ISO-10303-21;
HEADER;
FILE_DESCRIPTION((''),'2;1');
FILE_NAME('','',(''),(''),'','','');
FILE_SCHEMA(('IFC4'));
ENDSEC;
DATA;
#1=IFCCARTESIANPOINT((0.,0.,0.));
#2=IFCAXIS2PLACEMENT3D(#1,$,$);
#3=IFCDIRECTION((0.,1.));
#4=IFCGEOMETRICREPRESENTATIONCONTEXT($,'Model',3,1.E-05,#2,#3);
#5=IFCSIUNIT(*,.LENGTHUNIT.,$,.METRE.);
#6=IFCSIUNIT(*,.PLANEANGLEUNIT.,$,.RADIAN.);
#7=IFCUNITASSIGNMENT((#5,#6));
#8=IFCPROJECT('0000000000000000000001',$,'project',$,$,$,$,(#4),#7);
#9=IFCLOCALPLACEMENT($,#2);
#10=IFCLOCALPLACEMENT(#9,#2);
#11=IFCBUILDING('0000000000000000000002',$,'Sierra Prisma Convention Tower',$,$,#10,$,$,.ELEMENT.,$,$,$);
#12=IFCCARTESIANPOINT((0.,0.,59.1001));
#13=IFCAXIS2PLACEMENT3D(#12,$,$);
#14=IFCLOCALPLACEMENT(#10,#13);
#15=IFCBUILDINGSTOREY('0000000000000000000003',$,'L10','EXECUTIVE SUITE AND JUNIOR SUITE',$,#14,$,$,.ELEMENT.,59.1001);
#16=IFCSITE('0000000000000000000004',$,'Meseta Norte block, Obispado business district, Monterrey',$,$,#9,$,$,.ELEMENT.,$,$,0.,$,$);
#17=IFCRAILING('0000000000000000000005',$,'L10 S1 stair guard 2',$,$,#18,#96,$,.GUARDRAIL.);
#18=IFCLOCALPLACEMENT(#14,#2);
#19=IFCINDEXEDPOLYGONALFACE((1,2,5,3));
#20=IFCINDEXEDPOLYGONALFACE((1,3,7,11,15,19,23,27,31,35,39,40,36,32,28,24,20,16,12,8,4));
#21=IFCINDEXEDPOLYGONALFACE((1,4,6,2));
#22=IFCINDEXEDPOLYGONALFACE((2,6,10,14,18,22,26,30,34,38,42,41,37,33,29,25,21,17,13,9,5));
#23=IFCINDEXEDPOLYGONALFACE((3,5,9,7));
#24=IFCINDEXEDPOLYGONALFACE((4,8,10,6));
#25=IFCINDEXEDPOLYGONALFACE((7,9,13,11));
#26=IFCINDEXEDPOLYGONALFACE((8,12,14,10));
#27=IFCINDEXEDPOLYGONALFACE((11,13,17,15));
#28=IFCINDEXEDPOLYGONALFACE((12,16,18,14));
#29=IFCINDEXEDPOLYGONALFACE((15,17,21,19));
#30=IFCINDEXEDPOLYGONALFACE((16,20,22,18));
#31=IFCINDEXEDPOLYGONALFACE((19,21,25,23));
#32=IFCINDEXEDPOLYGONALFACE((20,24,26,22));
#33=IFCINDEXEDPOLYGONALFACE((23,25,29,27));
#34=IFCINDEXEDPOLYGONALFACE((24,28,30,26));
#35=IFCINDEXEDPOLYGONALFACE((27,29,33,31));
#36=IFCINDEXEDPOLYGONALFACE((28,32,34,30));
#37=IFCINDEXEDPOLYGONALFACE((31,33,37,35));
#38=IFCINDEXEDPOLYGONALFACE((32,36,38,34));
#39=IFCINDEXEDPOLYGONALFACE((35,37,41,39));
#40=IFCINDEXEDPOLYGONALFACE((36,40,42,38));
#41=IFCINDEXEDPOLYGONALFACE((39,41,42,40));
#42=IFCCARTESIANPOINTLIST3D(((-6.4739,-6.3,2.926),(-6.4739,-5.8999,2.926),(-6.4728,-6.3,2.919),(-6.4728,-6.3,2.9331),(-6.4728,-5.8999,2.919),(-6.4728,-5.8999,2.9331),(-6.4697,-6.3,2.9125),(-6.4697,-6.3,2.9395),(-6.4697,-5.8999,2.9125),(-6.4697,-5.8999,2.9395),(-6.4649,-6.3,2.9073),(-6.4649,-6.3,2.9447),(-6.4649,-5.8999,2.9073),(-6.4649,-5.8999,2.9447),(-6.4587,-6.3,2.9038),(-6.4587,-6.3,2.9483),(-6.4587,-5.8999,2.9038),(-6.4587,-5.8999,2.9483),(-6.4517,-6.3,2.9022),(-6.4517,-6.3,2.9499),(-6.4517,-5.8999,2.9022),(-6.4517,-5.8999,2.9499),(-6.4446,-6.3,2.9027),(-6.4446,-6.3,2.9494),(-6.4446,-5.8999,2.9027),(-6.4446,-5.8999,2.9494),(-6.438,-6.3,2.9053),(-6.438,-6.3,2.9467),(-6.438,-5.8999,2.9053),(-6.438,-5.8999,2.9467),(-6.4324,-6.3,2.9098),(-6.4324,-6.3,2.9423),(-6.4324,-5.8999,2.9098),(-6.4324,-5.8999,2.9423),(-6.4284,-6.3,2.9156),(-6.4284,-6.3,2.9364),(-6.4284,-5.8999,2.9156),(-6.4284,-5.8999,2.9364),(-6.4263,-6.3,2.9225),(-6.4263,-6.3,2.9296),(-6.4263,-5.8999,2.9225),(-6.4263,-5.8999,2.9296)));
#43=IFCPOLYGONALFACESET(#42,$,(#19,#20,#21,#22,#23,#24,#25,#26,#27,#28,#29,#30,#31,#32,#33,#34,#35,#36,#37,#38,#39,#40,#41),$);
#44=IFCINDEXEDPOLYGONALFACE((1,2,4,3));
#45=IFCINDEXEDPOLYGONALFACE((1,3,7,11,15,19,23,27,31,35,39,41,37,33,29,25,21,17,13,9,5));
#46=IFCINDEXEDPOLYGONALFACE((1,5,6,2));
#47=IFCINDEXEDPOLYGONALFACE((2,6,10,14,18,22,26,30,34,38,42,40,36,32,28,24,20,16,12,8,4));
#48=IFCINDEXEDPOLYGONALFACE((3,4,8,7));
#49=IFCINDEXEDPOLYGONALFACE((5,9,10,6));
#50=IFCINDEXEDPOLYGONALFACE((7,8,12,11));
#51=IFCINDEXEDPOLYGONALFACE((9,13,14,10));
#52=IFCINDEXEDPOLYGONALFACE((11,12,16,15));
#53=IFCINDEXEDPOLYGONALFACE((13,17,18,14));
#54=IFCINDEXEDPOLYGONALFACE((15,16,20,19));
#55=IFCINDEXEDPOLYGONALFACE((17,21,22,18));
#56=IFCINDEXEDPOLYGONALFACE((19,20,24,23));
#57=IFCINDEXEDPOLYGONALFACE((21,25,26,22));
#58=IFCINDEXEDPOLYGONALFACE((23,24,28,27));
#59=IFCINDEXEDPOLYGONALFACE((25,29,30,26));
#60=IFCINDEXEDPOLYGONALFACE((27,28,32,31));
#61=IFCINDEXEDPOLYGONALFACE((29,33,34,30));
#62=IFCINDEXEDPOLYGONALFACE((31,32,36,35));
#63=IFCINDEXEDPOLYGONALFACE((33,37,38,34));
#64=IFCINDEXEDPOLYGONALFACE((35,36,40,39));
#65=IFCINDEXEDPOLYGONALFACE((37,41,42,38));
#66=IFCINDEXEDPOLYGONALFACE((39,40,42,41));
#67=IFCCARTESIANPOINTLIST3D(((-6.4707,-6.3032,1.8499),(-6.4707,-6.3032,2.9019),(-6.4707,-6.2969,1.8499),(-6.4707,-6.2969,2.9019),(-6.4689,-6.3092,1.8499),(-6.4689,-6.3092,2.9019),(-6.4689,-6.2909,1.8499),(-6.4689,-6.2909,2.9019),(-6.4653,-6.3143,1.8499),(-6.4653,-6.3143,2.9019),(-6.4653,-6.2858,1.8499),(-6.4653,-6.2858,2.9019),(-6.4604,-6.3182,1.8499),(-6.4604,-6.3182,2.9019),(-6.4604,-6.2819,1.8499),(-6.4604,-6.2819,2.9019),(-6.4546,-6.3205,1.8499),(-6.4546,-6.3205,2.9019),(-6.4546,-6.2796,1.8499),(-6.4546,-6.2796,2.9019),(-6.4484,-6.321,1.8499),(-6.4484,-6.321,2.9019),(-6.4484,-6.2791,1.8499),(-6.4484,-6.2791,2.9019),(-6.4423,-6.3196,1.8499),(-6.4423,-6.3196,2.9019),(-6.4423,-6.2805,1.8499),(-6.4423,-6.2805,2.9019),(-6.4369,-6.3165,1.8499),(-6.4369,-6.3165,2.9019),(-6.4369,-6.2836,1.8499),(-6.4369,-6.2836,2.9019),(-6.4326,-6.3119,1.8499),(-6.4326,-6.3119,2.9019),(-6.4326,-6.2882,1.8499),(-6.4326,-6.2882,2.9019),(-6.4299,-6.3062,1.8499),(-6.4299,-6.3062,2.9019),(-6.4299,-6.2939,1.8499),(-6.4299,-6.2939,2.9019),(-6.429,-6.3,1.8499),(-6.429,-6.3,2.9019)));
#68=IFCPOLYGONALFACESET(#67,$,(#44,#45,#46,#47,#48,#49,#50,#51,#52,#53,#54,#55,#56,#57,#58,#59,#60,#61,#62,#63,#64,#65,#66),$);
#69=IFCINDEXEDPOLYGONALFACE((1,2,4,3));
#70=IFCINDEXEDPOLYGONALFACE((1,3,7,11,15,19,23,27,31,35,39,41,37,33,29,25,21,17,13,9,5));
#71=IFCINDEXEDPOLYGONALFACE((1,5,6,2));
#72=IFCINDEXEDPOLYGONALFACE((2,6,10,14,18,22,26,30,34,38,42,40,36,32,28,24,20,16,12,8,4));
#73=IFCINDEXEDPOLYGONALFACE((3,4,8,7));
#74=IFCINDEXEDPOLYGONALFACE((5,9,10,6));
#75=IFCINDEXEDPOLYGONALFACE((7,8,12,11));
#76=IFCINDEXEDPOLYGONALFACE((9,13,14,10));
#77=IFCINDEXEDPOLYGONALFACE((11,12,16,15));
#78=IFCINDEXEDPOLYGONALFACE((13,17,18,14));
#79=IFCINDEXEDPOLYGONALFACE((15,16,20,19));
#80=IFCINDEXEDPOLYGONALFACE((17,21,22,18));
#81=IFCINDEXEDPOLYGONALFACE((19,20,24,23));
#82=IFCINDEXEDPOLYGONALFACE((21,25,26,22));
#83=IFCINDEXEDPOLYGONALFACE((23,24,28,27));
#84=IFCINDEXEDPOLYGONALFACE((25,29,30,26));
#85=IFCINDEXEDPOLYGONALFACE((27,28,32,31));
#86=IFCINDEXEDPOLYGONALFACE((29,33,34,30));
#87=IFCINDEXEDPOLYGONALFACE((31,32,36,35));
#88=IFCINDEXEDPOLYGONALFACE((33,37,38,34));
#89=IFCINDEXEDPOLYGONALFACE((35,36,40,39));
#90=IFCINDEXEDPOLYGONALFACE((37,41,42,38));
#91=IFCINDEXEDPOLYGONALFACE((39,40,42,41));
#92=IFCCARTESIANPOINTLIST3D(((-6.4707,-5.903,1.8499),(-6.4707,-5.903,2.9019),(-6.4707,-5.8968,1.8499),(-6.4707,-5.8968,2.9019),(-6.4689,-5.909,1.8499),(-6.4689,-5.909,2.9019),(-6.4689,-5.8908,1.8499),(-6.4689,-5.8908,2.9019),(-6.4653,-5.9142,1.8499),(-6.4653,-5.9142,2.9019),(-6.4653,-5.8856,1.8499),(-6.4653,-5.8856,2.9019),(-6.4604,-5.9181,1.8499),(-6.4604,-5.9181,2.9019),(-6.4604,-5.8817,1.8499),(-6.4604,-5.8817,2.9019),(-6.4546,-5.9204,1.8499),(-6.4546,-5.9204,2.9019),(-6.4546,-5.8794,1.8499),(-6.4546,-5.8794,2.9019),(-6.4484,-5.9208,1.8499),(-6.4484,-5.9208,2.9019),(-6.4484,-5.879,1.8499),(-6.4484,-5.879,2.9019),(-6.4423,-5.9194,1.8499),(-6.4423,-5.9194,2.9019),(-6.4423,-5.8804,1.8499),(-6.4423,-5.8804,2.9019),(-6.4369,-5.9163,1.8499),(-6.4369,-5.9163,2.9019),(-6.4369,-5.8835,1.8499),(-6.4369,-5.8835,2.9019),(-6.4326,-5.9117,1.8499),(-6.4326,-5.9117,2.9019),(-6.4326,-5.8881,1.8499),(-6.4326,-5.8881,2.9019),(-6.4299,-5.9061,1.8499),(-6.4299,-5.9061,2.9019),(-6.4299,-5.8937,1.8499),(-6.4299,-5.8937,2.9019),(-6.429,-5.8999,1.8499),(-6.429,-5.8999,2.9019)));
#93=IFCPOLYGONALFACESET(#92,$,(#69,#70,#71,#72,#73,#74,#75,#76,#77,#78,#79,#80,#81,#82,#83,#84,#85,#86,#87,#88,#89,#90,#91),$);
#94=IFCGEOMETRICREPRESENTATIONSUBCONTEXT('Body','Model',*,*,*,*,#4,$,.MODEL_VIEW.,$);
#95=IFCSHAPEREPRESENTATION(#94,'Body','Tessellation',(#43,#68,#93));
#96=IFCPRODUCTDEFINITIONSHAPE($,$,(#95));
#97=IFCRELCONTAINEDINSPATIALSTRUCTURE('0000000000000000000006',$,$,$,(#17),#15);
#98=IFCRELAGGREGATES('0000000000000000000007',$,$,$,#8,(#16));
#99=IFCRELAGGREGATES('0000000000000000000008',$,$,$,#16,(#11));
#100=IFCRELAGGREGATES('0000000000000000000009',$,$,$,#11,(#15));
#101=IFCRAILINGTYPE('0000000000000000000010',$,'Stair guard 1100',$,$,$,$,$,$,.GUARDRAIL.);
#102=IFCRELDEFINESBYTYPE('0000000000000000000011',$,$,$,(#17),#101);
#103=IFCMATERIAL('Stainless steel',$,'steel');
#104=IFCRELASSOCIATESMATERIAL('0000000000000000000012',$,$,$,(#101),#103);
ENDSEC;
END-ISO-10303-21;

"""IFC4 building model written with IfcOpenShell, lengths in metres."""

from ifc_helpers import new_model, si_unit, direction, frame, origin, origin_2d, place, context, subcontext, project, spatial, circle, extrude, material, type_object, element, save


model = new_model("IFC4")

# Units and contexts
model_context = context("Model", 3, precision=1e-05, world=origin(), true_north=direction((0.0, 1.0)))
body_context = subcontext(model_context, "Body", "Model", "MODEL_VIEW")
ifc_project = project(units=[si_unit("LENGTHUNIT", "METRE"), si_unit("PLANEANGLEUNIT", "RADIAN")], contexts=[model_context])

# Site, building, storey
site_placement = place(None, origin())
site = spatial("IfcSite", under=ifc_project, at=site_placement, Name="Meseta Norte block, Obispado business district, Monterrey", CompositionType="ELEMENT", RefElevation=0.0)
building_placement = place(site_placement, origin())
building = spatial("IfcBuilding", under=site, at=building_placement, Name="Sierra Prisma Convention Tower", CompositionType="ELEMENT")
storey_placement = place(building_placement, frame((0.0, 0.0, 59.1001)))
storey = spatial("IfcBuildingStorey", under=building, at=storey_placement, Name="L10", Description="EXECUTIVE SUITE AND JUNIOR SUITE", CompositionType="ELEMENT", Elevation=59.1001)

# Railing
ifc_material_1 = material(Name="Stainless steel", Category="steel")
railing_type_1 = type_object("IfcRailingType", Name="Stair guard 1100", PredefinedType="GUARDRAIL", material=ifc_material_1)
railing_1_placement = place(storey_placement, frame((-6.45, -6.3, 1.8499)))
element("IfcRailing", 1, at=railing_1_placement, inside=storey, type_object=railing_type_1, Name="L10 S1 stair guard 2", PredefinedType="GUARDRAIL", context=body_context, shape_type="SweptSolid", body=[
    extrude(circle(Radius=0.0239, at=origin_2d()), frame((0.0, 0.0, 1.0762), z_axis=(0.0, 1.0, 0.0), x_axis=(-1.0, 0.0, 0.0)), (0.0, 0.0, 1.0), 0.4001),
    extrude(circle(Radius=0.021, at=origin_2d()), origin(), (0.0, 0.0, 1.0), 1.052),
    extrude(circle(Radius=0.021, at=origin_2d()), frame((0.0, 0.4001, 0.0)), (0.0, 0.0, 1.0), 1.052),
])

save(model, "model.ifc")
